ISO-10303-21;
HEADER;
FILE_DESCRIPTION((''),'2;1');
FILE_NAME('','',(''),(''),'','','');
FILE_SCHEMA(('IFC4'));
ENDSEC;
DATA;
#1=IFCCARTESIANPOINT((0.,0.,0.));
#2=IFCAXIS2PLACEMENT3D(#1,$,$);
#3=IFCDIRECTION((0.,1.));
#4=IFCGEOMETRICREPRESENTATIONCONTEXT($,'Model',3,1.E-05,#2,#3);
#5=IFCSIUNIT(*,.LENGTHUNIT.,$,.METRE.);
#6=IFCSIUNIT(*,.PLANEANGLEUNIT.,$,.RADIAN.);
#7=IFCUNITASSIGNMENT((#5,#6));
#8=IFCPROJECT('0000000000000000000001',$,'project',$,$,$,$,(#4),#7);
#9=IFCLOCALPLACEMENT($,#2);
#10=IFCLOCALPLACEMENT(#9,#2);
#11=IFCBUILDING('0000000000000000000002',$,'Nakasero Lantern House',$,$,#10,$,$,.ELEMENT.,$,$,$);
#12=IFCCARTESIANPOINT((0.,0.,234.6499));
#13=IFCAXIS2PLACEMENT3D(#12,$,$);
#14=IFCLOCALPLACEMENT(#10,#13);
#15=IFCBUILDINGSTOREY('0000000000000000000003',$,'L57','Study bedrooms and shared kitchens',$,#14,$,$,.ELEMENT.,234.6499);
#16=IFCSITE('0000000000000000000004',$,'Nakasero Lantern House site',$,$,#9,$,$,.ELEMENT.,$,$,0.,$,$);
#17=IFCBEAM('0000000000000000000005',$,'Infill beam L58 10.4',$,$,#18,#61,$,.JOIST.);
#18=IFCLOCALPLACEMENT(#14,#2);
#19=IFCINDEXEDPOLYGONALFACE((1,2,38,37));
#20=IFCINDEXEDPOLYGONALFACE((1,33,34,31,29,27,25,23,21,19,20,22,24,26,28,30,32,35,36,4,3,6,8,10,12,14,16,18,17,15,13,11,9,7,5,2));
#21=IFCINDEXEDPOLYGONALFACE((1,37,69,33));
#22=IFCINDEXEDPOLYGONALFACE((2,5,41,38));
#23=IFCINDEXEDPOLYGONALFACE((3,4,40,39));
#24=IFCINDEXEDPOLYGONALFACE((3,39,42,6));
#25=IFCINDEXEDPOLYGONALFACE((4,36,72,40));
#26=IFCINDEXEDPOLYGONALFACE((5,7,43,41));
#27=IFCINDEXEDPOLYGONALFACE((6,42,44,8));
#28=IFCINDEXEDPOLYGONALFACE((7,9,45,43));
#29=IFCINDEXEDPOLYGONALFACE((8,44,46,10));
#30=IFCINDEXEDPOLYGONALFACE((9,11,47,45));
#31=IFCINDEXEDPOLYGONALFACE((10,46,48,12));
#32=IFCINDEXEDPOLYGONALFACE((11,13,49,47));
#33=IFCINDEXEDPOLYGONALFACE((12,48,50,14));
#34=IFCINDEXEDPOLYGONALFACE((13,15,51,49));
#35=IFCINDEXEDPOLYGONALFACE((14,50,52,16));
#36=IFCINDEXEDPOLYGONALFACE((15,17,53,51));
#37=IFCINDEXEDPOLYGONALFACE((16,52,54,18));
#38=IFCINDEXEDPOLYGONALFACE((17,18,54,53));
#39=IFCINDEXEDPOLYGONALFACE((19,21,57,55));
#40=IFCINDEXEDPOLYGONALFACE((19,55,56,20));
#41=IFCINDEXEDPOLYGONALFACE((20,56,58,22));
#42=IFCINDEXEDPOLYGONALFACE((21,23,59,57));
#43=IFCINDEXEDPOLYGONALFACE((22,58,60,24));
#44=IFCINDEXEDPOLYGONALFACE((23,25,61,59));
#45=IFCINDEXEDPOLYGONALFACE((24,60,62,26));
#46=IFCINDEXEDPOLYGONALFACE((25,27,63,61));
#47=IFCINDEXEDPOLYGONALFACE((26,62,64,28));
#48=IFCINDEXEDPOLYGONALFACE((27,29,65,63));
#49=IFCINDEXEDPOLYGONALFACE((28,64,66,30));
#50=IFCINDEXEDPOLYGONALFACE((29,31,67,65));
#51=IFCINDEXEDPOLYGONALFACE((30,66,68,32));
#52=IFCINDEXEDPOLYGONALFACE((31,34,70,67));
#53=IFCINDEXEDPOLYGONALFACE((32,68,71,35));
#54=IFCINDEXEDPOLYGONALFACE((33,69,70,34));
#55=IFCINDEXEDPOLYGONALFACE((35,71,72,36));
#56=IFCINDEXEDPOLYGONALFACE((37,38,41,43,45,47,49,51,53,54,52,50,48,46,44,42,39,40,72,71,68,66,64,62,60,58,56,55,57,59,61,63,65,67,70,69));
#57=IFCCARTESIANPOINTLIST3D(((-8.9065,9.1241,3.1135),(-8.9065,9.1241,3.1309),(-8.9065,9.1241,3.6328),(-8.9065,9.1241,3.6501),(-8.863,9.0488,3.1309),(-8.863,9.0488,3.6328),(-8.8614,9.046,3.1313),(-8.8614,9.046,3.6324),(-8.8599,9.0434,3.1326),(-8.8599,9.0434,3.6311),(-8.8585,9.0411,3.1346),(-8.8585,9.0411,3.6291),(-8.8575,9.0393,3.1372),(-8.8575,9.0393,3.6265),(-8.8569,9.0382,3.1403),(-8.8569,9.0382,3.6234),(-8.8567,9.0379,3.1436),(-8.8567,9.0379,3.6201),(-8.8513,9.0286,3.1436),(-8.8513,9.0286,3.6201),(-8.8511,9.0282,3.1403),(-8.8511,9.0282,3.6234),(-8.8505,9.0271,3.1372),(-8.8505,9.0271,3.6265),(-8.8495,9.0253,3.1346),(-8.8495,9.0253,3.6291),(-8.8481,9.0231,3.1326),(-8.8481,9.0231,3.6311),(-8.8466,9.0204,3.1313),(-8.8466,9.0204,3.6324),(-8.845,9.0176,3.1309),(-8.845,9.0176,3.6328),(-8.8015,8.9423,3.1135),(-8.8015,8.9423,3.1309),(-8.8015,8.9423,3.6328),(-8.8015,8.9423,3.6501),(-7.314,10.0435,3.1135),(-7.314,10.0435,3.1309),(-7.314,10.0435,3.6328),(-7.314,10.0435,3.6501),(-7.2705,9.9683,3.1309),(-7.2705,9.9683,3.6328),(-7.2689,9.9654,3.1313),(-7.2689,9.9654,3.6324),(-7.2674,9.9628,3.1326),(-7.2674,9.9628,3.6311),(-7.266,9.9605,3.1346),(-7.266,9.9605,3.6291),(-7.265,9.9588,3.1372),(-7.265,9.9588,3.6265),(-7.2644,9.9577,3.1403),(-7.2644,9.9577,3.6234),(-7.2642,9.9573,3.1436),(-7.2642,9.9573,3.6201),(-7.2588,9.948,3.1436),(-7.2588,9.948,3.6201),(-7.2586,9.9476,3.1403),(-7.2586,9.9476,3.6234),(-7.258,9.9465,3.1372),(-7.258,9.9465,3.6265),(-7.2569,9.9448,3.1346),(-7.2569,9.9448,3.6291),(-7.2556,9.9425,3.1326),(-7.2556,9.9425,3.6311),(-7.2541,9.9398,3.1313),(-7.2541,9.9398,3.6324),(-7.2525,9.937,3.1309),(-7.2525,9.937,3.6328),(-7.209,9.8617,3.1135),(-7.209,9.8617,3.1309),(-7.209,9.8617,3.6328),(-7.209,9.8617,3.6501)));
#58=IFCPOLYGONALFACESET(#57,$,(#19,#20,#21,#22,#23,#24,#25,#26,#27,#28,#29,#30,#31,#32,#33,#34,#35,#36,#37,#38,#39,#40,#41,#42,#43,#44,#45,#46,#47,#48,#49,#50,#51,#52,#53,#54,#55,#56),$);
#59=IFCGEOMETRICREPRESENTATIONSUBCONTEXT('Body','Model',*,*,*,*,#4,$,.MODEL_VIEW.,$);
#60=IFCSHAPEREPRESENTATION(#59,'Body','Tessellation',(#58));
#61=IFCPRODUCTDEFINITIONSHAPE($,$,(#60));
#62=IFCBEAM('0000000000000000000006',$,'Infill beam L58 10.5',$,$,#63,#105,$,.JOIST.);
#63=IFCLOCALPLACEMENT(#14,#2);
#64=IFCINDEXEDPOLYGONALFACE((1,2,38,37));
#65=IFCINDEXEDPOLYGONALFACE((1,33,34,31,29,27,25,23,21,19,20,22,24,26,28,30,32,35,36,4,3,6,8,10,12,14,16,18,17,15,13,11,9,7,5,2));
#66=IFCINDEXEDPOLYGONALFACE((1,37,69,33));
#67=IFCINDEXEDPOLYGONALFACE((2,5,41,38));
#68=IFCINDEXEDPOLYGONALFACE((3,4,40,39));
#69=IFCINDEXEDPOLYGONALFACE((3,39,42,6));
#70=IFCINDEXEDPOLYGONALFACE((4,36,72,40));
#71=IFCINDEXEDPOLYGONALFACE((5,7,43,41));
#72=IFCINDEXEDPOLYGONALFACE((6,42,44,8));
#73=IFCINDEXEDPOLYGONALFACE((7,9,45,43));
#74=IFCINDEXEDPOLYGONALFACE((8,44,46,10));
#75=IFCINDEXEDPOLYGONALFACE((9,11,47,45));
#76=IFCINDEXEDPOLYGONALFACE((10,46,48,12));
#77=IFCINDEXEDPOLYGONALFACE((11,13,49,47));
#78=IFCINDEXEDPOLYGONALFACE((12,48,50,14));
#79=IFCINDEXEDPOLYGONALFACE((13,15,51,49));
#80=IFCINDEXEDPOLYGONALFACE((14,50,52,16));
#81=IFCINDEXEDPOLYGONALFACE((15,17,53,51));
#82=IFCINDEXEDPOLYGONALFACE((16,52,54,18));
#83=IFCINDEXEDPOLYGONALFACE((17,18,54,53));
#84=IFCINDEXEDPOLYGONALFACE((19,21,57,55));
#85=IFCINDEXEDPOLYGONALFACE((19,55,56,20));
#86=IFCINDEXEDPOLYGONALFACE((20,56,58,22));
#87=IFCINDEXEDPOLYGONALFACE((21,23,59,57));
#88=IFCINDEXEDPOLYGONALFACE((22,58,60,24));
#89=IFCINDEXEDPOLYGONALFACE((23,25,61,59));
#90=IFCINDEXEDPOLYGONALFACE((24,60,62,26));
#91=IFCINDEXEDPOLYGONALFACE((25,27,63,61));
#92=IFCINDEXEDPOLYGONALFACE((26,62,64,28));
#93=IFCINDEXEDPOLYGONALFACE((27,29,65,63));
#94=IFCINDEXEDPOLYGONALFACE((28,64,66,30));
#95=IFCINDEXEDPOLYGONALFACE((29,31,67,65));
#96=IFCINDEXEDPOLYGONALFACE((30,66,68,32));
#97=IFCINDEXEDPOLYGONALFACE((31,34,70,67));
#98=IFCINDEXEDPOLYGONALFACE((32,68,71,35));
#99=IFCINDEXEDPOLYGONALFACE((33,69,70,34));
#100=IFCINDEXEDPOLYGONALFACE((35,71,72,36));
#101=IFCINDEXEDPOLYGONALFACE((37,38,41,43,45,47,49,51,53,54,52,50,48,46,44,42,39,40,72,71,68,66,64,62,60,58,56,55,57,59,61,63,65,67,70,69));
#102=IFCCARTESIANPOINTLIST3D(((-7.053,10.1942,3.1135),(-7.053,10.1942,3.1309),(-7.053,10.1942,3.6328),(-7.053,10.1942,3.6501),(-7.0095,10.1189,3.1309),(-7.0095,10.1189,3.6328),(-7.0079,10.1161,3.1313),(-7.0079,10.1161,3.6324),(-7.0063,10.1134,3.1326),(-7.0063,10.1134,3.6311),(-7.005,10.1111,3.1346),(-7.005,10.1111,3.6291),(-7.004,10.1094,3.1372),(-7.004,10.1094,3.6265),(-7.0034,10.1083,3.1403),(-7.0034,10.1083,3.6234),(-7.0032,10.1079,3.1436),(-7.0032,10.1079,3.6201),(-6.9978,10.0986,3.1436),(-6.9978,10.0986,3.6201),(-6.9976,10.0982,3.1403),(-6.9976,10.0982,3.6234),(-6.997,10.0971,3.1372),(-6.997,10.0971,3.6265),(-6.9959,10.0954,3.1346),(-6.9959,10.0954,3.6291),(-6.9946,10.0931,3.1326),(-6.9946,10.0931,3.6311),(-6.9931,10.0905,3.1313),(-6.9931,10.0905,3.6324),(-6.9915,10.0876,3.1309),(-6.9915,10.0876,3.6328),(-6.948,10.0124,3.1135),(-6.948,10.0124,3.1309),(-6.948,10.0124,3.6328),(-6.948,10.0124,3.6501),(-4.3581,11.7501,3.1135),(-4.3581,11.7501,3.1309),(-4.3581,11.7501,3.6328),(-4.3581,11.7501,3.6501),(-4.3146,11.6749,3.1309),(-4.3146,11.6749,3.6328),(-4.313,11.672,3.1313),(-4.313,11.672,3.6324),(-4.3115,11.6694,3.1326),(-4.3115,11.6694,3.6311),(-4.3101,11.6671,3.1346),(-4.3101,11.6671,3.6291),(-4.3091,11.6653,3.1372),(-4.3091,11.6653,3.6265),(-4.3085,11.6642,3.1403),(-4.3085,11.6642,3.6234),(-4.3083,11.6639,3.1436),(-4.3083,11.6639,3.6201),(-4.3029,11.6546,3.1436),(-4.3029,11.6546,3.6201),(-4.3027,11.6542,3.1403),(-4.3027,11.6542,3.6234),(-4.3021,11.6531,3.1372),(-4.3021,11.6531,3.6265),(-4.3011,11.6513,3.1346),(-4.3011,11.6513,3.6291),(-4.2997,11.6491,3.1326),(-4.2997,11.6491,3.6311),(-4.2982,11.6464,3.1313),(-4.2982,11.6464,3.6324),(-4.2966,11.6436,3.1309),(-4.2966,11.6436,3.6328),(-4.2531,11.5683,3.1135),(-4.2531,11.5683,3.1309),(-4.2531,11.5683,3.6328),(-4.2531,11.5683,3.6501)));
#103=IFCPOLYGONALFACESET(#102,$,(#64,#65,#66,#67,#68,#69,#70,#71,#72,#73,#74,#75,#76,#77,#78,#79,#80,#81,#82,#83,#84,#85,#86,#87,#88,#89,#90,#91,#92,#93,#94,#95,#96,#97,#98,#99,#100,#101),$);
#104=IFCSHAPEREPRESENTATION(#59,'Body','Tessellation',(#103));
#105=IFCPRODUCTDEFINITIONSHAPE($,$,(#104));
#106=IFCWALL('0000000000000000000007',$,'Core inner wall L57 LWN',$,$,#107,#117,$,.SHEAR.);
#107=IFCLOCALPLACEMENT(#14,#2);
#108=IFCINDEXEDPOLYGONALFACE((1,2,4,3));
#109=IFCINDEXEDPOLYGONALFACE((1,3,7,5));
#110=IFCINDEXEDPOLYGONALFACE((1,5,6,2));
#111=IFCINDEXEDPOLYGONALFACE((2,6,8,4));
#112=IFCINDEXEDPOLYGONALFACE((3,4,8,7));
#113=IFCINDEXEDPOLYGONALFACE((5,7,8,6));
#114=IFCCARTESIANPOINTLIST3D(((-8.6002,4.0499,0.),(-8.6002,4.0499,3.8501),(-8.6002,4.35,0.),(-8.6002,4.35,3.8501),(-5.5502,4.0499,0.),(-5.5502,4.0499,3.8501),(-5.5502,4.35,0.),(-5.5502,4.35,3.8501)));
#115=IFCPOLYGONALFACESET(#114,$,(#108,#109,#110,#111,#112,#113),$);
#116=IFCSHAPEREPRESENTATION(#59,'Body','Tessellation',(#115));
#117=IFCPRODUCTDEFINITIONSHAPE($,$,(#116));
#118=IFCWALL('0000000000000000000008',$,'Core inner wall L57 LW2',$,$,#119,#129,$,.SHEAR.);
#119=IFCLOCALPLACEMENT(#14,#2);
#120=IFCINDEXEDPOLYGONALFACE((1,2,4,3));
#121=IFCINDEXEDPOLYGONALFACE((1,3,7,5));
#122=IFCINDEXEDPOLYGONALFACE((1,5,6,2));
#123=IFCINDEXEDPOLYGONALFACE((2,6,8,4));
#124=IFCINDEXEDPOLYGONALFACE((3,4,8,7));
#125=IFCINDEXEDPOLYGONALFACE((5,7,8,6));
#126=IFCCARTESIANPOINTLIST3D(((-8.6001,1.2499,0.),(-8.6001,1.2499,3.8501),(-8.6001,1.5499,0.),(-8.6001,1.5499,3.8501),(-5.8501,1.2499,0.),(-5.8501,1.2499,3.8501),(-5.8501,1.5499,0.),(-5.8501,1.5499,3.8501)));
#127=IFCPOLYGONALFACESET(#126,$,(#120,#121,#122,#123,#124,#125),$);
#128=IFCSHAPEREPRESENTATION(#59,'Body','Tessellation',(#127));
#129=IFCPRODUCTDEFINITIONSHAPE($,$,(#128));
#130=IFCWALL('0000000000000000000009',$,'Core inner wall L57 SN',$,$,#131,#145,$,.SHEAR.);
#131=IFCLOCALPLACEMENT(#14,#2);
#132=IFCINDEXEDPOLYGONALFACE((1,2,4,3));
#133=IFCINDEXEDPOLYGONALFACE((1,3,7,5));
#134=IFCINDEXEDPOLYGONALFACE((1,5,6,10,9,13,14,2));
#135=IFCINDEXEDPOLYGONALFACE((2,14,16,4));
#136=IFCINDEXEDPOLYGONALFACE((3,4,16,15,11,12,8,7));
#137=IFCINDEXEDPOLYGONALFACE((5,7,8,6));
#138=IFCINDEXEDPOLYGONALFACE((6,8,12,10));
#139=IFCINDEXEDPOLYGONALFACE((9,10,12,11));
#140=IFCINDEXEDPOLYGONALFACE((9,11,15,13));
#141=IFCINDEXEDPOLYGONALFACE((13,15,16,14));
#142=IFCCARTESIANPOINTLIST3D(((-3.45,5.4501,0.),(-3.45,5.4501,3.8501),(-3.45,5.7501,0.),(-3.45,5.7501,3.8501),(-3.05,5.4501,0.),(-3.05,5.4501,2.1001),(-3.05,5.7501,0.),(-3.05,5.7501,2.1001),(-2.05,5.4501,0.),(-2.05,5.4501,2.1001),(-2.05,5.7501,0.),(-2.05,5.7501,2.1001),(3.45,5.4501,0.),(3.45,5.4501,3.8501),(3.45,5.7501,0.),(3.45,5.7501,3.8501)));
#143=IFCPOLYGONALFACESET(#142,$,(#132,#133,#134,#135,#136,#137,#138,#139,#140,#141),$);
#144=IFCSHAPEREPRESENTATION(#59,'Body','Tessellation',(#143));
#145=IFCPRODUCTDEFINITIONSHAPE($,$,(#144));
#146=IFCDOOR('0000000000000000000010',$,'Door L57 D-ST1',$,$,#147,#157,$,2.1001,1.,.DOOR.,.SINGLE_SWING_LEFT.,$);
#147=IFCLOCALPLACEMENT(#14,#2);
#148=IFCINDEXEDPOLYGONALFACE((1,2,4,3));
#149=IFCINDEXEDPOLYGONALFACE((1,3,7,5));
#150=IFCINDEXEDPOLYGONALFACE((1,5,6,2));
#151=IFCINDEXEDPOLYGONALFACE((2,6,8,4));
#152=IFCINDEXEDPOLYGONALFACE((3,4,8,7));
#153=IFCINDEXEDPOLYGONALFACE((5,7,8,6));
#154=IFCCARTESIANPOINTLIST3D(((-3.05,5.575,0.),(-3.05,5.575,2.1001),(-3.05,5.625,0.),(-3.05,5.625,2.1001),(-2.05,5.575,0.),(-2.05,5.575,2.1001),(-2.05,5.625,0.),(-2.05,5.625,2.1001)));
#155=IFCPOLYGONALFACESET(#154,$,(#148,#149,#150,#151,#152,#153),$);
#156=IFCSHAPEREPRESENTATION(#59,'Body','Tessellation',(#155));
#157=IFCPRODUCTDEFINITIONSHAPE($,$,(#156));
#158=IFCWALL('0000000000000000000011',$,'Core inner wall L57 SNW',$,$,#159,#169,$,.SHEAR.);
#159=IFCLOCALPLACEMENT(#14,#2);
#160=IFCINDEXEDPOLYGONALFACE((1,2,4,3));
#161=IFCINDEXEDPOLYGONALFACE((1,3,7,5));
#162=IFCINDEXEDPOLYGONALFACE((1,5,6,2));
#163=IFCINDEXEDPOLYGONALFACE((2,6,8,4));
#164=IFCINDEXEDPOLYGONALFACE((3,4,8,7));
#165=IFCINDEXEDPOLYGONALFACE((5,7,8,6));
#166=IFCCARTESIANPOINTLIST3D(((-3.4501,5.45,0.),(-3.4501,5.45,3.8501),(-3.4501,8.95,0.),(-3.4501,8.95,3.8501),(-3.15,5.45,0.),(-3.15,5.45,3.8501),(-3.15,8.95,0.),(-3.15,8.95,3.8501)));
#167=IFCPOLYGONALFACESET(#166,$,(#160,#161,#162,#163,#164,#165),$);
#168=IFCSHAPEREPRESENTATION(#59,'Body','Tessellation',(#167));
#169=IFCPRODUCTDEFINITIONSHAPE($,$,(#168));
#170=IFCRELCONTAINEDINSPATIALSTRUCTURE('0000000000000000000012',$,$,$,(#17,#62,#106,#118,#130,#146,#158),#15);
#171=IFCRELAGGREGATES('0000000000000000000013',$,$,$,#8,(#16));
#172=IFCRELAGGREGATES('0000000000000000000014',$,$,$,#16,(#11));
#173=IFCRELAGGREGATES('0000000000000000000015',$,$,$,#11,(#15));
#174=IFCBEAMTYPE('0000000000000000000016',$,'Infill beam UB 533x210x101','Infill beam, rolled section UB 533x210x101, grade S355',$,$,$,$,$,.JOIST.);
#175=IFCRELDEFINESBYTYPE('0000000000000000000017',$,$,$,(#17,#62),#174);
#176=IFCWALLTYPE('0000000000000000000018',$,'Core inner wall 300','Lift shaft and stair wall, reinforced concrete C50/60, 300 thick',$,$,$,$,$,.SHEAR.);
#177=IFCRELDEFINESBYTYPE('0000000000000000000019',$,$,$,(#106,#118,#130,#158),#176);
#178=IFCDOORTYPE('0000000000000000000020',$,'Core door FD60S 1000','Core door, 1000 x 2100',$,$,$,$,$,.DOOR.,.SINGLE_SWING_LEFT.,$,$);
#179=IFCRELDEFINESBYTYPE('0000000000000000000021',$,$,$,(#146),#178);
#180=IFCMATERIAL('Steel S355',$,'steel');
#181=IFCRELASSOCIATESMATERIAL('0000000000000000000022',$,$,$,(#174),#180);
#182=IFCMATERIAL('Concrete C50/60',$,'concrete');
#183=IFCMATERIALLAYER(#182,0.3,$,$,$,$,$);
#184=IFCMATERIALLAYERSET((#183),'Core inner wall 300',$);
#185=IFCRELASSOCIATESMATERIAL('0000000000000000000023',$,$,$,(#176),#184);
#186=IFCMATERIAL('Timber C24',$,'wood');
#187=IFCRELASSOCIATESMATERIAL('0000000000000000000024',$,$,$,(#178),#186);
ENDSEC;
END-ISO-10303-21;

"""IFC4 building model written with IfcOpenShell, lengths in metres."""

from ifc_helpers import new_model, si_unit, direction, frame, frame_2d, origin, origin_2d, place, context, subcontext, project, spatial, rectangle, i_section, extrude, material, layer, layer_set, material_profile, profile_set, type_object, element, fill, save


model = new_model("IFC4")

# Units and contexts
model_context = context("Model", 3, precision=1e-05, world=origin(), true_north=direction((0.0, 1.0)))
body_context = subcontext(model_context, "Body", "Model", "MODEL_VIEW")
ifc_project = project(units=[si_unit("LENGTHUNIT", "METRE"), si_unit("PLANEANGLEUNIT", "RADIAN")], contexts=[model_context])

# Site, building, storey
site_placement = place(None, origin())
site = spatial("IfcSite", under=ifc_project, at=site_placement, Name="Nakasero Lantern House site", CompositionType="ELEMENT", RefElevation=0.0)
building_placement = place(site_placement, origin())
building = spatial("IfcBuilding", under=site, at=building_placement, Name="Nakasero Lantern House", CompositionType="ELEMENT")
storey_placement = place(building_placement, frame((0.0, 0.0, 234.6499)))
storey = spatial("IfcBuildingStorey", under=building, at=storey_placement, Name="L57", Description="Study bedrooms and shared kitchens", CompositionType="ELEMENT", Elevation=234.6499)

# Beams
ifc_material_1 = material(Name="Steel S355", Category="steel")
ifc_material_profile = material_profile(ifc_material_1, i_section(OverallWidth=0.21, OverallDepth=0.5366, WebThickness=0.0107, FlangeThickness=0.0173, FilletRadius=0.0127, at=origin_2d()), Name="UB 533x210x101")
ifc_profile_set = profile_set([ifc_material_profile], Name="Steel S355")
beam_type = type_object("IfcBeamType", Name="Infill beam UB 533x210x101", Description="Infill beam, rolled section UB 533x210x101, grade S355", PredefinedType="JOIST", material=ifc_profile_set)
beam_1_placement = place(storey_placement, frame((-8.854, 9.0332, 3.3818), z_axis=(0.866029, 0.499994, 0.0), x_axis=(-0.499994, 0.866029, 0.0)))
element("IfcBeam", 1, at=beam_1_placement, inside=storey, type_object=beam_type, Name="Infill beam L58 10.4", PredefinedType="JOIST", context=body_context, shape_type="SweptSolid", body=[
    extrude(i_section(OverallWidth=0.21, OverallDepth=0.5366, WebThickness=0.0107, FlangeThickness=0.0173, FilletRadius=0.0127, at=origin_2d()), origin(), (0.0, 0.0, 1.0), 1.8389),
])
beam_2_placement = place(storey_placement, frame((-7.0005, 10.1033, 3.3818), z_axis=(0.866018, 0.500012, 0.0), x_axis=(-0.500012, 0.866018, 0.0)))
element("IfcBeam", 2, at=beam_2_placement, inside=storey, type_object=beam_type, Name="Infill beam L58 10.5", PredefinedType="JOIST", context=body_context, shape_type="SweptSolid", body=[
    extrude(i_section(OverallWidth=0.21, OverallDepth=0.5366, WebThickness=0.0107, FlangeThickness=0.0173, FilletRadius=0.0127, at=origin_2d()), origin(), (0.0, 0.0, 1.0), 3.1118),
])

# Walls
ifc_material_2 = material(Name="Concrete C50/60", Category="concrete")
ifc_layer_1 = layer(ifc_material_2, 0.3)
ifc_layer_set_1 = layer_set([ifc_layer_1], Name="Core inner wall 300")
wall_type_1 = type_object("IfcWallType", Name="Core inner wall 300", Description="Lift shaft and stair wall, reinforced concrete C50/60, 300 thick", PredefinedType="SHEAR", material=ifc_layer_set_1)
wall_1_placement = place(storey_placement, frame((-8.6001, 4.2, 0.0), z_axis=(0.0, 0.0, 1.0), x_axis=(1.0, 0.0, 0.0)))
element("IfcWall", 3, at=wall_1_placement, inside=storey, type_object=wall_type_1, Name="Core inner wall L57 LWN", PredefinedType="SHEAR", context=body_context, shape_type="SweptSolid", body=[
    extrude(rectangle(XDim=3.05, YDim=0.3, at=frame_2d((1.5249, 0.0))), origin(), (0.0, 0.0, 1.0), 3.8501),
])
wall_2_placement = place(storey_placement, frame((-8.6001, 1.3999, 0.0), z_axis=(0.0, 0.0, 1.0), x_axis=(1.0, 0.0, 0.0)))
element("IfcWall", 4, at=wall_2_placement, inside=storey, type_object=wall_type_1, Name="Core inner wall L57 LW2", PredefinedType="SHEAR", context=body_context, shape_type="SweptSolid", body=[
    extrude(rectangle(XDim=2.75, YDim=0.3, at=frame_2d((1.375, 0.0))), origin(), (0.0, 0.0, 1.0), 3.8501),
])

# Wall, opening, door
wall_3_placement = place(storey_placement, frame((-3.45, 5.6001, 0.0), z_axis=(0.0, 0.0, 1.0), x_axis=(1.0, 0.0, 0.0)))
wall_3 = element("IfcWall", 5, at=wall_3_placement, inside=storey, type_object=wall_type_1, Name="Core inner wall L57 SN", PredefinedType="SHEAR", context=body_context, shape_type="SweptSolid", body=[
    extrude(rectangle(XDim=6.8999, YDim=0.3, at=frame_2d((3.45, 0.0))), origin(), (0.0, 0.0, 1.0), 3.8501),
])
opening_1_placement = place(wall_3_placement, frame((0.3999, 0.0, 0.0)))
opening_1 = element("IfcOpeningElement", 6, at=opening_1_placement, cuts=wall_3, PredefinedType="OPENING", context=body_context, shape_type="SweptSolid", body=[
    extrude(rectangle(XDim=1.0, YDim=2.1001, at=frame_2d((0.5, 1.05))), frame((0.0, 0.1699, 0.0), z_axis=(0.0, -1.0, 0.0), x_axis=(1.0, 0.0, 0.0)), (0.0, 0.0, 1.0), 0.3401),
])
ifc_material_3 = material(Name="Timber C24", Category="wood")
door_type_1 = type_object("IfcDoorType", Name="Core door FD60S 1000", Description="Core door, 1000 x 2100", OperationType="SINGLE_SWING_LEFT", PredefinedType="DOOR", material=ifc_material_3)
door_1_placement = place(opening_1_placement, origin())
door_1 = element("IfcDoor", 7, at=door_1_placement, inside=storey, type_object=door_type_1, Name="Door L57 D-ST1", OperationType="SINGLE_SWING_LEFT", OverallHeight=2.1001, OverallWidth=1.0, PredefinedType="DOOR", context=body_context, shape_type="SweptSolid", body=[
    extrude(rectangle(XDim=1.0, YDim=2.1001, at=frame_2d((0.5, 1.05))), frame((0.0, 0.0249, 0.0), z_axis=(0.0, -1.0, 0.0), x_axis=(1.0, 0.0, 0.0)), (0.0, 0.0, 1.0), 0.05),
])
fill(opening_1, door_1)

# Wall
wall_4_placement = place(storey_placement, frame((-3.3, 5.45, 0.0), z_axis=(0.0, 0.0, 1.0), x_axis=(0.0, 1.0, 0.0)))
element("IfcWall", 8, at=wall_4_placement, inside=storey, type_object=wall_type_1, Name="Core inner wall L57 SNW", PredefinedType="SHEAR", context=body_context, shape_type="SweptSolid", body=[
    extrude(rectangle(XDim=3.5, YDim=0.3, at=frame_2d((1.75, 0.0))), origin(), (0.0, 0.0, 1.0), 3.8501),
])

save(model, "model.ifc")
